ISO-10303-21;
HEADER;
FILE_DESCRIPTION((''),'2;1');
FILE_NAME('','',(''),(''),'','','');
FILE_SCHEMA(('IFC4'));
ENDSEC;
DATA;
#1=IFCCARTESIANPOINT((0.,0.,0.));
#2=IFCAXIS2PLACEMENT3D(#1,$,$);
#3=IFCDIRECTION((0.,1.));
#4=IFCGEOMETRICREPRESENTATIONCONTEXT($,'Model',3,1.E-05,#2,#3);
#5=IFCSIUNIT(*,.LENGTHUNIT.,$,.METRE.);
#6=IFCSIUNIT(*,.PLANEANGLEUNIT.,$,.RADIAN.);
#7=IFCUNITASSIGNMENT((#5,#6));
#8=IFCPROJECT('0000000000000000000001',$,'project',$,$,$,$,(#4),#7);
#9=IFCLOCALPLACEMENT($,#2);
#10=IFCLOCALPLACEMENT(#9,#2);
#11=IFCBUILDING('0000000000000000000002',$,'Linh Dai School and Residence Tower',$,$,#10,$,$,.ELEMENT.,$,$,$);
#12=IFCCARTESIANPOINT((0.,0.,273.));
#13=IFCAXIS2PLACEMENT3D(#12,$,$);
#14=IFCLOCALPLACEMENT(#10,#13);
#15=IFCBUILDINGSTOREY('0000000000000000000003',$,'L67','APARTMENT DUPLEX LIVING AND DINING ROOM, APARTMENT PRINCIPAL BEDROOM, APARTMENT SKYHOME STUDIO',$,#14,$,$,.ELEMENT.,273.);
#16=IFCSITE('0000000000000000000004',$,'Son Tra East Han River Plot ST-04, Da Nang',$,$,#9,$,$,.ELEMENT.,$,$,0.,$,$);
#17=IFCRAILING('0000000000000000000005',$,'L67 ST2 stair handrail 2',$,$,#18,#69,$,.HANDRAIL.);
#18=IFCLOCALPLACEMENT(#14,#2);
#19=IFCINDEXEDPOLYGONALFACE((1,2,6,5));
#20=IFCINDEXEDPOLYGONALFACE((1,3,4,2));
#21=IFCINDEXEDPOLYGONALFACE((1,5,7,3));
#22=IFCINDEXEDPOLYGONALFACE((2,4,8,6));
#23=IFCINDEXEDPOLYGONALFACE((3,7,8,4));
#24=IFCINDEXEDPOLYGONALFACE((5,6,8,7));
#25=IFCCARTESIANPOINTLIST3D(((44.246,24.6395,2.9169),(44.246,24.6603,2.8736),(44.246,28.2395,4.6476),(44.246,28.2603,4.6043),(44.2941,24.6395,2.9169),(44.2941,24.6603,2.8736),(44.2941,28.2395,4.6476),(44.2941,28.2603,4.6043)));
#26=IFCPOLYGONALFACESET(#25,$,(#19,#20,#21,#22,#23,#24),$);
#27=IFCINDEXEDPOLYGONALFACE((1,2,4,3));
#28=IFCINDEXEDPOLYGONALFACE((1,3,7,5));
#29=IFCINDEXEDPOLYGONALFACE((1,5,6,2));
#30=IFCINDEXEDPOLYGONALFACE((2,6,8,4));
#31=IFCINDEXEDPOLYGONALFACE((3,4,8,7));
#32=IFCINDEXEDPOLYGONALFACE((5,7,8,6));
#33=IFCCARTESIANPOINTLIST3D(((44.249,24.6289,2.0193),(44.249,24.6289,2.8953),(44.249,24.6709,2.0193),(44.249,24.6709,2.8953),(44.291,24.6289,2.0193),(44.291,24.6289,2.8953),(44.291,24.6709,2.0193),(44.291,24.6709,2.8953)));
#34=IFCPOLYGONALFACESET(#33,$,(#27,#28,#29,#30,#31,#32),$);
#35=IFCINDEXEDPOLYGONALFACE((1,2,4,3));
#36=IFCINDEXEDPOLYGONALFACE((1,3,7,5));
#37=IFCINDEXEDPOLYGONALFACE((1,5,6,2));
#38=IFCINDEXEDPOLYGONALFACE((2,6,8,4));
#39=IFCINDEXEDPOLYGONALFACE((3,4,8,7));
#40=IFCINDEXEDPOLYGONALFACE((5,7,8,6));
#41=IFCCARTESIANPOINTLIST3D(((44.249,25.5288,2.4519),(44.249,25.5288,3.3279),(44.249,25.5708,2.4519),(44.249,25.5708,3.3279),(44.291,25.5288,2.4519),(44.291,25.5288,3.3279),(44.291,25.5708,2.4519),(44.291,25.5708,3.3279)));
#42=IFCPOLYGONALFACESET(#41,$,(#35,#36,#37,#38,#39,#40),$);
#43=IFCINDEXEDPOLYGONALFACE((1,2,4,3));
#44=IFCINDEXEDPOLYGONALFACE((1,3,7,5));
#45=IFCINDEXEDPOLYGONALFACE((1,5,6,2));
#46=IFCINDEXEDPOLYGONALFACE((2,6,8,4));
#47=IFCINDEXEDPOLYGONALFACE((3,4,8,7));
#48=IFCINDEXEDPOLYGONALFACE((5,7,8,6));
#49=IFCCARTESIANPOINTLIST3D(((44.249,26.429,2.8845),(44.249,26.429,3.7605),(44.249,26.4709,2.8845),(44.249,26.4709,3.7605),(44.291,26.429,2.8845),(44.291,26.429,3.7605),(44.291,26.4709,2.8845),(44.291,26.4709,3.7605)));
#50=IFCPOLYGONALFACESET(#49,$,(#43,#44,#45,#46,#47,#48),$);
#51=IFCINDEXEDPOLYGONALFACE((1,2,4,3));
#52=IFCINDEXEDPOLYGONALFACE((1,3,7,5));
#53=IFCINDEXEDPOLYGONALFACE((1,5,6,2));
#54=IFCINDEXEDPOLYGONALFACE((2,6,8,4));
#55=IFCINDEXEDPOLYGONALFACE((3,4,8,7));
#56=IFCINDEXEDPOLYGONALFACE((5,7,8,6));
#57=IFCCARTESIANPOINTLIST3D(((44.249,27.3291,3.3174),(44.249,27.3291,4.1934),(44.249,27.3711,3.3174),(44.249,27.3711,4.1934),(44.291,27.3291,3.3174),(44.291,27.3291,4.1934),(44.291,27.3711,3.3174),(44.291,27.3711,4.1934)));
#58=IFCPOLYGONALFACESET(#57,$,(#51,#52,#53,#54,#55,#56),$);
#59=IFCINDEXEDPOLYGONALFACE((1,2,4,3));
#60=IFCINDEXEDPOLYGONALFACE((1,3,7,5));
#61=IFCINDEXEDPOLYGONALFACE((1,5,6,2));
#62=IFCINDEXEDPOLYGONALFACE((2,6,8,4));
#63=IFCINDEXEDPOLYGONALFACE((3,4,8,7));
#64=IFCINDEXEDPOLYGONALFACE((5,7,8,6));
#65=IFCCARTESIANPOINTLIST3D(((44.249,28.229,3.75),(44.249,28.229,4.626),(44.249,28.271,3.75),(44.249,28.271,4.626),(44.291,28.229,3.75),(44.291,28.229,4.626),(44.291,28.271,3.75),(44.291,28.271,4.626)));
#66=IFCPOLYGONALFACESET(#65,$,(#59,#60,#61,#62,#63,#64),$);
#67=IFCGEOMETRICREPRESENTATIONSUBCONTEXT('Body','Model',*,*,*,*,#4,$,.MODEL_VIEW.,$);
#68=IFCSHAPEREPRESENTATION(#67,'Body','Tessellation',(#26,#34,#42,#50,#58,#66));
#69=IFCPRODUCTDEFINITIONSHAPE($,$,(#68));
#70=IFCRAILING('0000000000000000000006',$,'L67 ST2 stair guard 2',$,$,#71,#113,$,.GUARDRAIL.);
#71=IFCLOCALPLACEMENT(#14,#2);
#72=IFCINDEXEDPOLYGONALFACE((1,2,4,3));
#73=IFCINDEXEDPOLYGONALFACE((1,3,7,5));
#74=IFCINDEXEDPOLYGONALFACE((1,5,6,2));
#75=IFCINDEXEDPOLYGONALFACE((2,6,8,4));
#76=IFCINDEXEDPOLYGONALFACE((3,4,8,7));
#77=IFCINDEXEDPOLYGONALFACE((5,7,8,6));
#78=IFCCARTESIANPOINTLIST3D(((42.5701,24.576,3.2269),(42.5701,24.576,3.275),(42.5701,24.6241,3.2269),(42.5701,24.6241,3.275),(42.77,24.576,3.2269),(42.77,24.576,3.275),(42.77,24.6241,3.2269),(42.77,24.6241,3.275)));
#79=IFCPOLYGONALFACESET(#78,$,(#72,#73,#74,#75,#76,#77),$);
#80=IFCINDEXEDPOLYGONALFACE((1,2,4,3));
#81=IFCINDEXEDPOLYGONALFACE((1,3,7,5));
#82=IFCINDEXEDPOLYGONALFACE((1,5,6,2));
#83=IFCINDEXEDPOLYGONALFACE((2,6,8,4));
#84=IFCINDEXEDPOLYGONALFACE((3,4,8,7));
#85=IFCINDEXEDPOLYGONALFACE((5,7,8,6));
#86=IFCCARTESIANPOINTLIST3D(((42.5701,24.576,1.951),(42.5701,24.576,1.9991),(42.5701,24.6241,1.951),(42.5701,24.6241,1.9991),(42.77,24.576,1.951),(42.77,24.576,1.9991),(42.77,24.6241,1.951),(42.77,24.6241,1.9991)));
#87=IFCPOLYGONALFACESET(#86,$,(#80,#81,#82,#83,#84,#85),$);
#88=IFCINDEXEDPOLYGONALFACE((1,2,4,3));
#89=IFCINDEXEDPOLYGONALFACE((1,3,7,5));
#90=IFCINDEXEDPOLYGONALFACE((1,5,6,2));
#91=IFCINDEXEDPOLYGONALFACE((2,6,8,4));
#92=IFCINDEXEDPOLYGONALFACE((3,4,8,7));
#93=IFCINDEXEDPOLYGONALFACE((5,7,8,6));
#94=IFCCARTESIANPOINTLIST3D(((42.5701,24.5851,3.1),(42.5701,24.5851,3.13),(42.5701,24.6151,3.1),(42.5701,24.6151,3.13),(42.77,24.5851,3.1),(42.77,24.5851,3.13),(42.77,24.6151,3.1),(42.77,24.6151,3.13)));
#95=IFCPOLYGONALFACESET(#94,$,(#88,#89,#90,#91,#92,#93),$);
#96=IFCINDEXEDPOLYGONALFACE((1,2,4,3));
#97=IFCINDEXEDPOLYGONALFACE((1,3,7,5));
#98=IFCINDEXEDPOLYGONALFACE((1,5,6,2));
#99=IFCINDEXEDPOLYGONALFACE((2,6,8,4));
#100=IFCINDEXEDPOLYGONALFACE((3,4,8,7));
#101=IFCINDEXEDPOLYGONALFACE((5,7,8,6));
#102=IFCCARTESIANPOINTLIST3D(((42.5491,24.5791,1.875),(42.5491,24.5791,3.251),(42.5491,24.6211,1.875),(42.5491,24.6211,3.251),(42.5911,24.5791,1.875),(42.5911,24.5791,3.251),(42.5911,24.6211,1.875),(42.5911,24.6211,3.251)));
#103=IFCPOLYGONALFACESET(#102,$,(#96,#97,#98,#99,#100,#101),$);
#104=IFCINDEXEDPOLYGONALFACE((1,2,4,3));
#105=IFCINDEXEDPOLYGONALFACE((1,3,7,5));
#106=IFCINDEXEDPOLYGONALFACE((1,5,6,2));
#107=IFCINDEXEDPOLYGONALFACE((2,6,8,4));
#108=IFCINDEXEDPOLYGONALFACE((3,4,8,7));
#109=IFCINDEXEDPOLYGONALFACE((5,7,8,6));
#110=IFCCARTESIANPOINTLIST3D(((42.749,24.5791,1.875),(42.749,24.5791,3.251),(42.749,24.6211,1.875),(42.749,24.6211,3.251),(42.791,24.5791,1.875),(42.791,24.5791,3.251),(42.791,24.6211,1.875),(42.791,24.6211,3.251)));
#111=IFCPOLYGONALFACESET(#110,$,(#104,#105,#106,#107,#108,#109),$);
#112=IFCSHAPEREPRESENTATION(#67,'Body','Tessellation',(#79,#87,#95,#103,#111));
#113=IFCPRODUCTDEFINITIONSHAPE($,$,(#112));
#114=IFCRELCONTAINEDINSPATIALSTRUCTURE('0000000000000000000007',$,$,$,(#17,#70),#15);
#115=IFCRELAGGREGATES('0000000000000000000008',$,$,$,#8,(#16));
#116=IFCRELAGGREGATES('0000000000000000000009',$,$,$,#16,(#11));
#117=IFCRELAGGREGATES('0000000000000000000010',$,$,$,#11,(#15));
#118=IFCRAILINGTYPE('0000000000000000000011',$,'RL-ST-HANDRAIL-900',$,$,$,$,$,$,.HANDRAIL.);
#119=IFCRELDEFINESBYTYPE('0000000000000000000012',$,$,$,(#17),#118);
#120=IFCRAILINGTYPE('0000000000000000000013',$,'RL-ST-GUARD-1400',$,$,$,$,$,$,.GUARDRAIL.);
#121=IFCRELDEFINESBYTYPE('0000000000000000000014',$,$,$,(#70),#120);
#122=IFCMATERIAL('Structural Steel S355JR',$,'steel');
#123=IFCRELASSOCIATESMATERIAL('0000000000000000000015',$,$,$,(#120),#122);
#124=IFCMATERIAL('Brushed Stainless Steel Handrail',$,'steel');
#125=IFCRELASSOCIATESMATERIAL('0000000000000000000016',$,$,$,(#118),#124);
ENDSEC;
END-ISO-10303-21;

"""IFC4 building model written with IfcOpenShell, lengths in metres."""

from ifc_helpers import new_model, si_unit, direction, frame, origin, origin_2d, place, context, subcontext, project, spatial, rectangle, extrude, source, transform, mapped, material, type_object, element, save


model = new_model("IFC4")

# Units and contexts
model_context = context("Model", 3, precision=1e-05, world=origin(), true_north=direction((0.0, 1.0)))
body_context = subcontext(model_context, "Body", "Model", "MODEL_VIEW")
ifc_project = project(units=[si_unit("LENGTHUNIT", "METRE"), si_unit("PLANEANGLEUNIT", "RADIAN")], contexts=[model_context])

# Site, building, storey
site_placement = place(None, origin())
site = spatial("IfcSite", under=ifc_project, at=site_placement, Name="Son Tra East Han River Plot ST-04, Da Nang", CompositionType="ELEMENT", RefElevation=0.0)
building_placement = place(site_placement, origin())
building = spatial("IfcBuilding", under=site, at=building_placement, Name="Linh Dai School and Residence Tower", CompositionType="ELEMENT")
storey_placement = place(building_placement, frame((0.0, 0.0, 273.0)))
storey = spatial("IfcBuildingStorey", under=building, at=storey_placement, Name="L67", Description="APARTMENT DUPLEX LIVING AND DINING ROOM, APARTMENT PRINCIPAL BEDROOM, APARTMENT SKYHOME STUDIO", CompositionType="ELEMENT", Elevation=273.0)

# Shared definitions
ifc_material_1 = material(Name="Structural Steel S355JR", Category="steel")

# Railings
railing_type_1 = type_object("IfcRailingType", Name="RL-ST-GUARD-1400", PredefinedType="GUARDRAIL", material=ifc_material_1)
ifc_material_2 = material(Name="Brushed Stainless Steel Handrail", Category="steel")
railing_type_2 = type_object("IfcRailingType", Name="RL-ST-HANDRAIL-900", PredefinedType="HANDRAIL", material=ifc_material_2)
shared_shape_1 = source(origin(), body_context, "Body", "SweptSolid", [
    extrude(rectangle(XDim=0.0481, YDim=0.0481, at=origin_2d()), frame((0.0, 0.0, 0.876), z_axis=(0.0, 0.901263, 0.433273), x_axis=(-1.0, 0.0, 0.0)), (0.0, 0.0, 1.0), 3.9944),
    extrude(rectangle(XDim=0.042, YDim=0.042, at=origin_2d()), origin(), (0.0, 0.0, 1.0), 0.876),
    extrude(rectangle(XDim=0.042, YDim=0.042, at=origin_2d()), frame((0.0, 0.8999, 0.4326)), (0.0, 0.0, 1.0), 0.876),
    extrude(rectangle(XDim=0.042, YDim=0.042, at=origin_2d()), frame((0.0, 1.8, 0.8652)), (0.0, 0.0, 1.0), 0.876),
    extrude(rectangle(XDim=0.042, YDim=0.042, at=origin_2d()), frame((0.0, 2.7002, 1.2981)), (0.0, 0.0, 1.0), 0.876),
    extrude(rectangle(XDim=0.042, YDim=0.042, at=origin_2d()), frame((0.0, 3.6001, 1.7307)), (0.0, 0.0, 1.0), 0.876),
])
railing_1_placement = place(storey_placement, frame((44.27, 24.6499, 2.0193)))
element("IfcRailing", 1, at=railing_1_placement, inside=storey, type_object=railing_type_2, Name="L67 ST2 stair handrail 2", PredefinedType="HANDRAIL", context=body_context, shape_type="MappedRepresentation", body=[
    mapped(shared_shape_1, transform((0.0, 0.0, 0.0), x_axis=(1.0, 0.0, 0.0), y_axis=(0.0, 1.0, 0.0), z_axis=(0.0, 0.0, 1.0), scale=1.0)),
])
shared_shape_2 = source(origin(), body_context, "Body", "SweptSolid", [
    extrude(rectangle(XDim=0.0481, YDim=0.0481, at=origin_2d()), frame((0.0, 0.0, 1.376), z_axis=(1.0, 0.0, 0.0), x_axis=(0.0, 1.0, 0.0)), (0.0, 0.0, 1.0), 0.2),
    extrude(rectangle(XDim=0.0481, YDim=0.0481, at=origin_2d()), frame((0.0, 0.0, 0.1001), z_axis=(1.0, 0.0, 0.0), x_axis=(0.0, 1.0, 0.0)), (0.0, 0.0, 1.0), 0.2),
    extrude(rectangle(XDim=0.03, YDim=0.03, at=origin_2d()), frame((0.0, 0.0, 1.24), z_axis=(1.0, 0.0, 0.0), x_axis=(0.0, 1.0, 0.0)), (0.0, 0.0, 1.0), 0.2),
    extrude(rectangle(XDim=0.042, YDim=0.042, at=origin_2d()), origin(), (0.0, 0.0, 1.0), 1.376),
    extrude(rectangle(XDim=0.042, YDim=0.042, at=origin_2d()), frame((0.2, 0.0, 0.0)), (0.0, 0.0, 1.0), 1.376),
])
railing_2_placement = place(storey_placement, frame((42.5701, 24.6001, 1.875)))
element("IfcRailing", 2, at=railing_2_placement, inside=storey, type_object=railing_type_1, Name="L67 ST2 stair guard 2", PredefinedType="GUARDRAIL", context=body_context, shape_type="MappedRepresentation", body=[
    mapped(shared_shape_2, transform((0.0, 0.0, 0.0), x_axis=(1.0, 0.0, 0.0), y_axis=(0.0, 1.0, 0.0), z_axis=(0.0, 0.0, 1.0), scale=1.0)),
])

save(model, "model.ifc")
